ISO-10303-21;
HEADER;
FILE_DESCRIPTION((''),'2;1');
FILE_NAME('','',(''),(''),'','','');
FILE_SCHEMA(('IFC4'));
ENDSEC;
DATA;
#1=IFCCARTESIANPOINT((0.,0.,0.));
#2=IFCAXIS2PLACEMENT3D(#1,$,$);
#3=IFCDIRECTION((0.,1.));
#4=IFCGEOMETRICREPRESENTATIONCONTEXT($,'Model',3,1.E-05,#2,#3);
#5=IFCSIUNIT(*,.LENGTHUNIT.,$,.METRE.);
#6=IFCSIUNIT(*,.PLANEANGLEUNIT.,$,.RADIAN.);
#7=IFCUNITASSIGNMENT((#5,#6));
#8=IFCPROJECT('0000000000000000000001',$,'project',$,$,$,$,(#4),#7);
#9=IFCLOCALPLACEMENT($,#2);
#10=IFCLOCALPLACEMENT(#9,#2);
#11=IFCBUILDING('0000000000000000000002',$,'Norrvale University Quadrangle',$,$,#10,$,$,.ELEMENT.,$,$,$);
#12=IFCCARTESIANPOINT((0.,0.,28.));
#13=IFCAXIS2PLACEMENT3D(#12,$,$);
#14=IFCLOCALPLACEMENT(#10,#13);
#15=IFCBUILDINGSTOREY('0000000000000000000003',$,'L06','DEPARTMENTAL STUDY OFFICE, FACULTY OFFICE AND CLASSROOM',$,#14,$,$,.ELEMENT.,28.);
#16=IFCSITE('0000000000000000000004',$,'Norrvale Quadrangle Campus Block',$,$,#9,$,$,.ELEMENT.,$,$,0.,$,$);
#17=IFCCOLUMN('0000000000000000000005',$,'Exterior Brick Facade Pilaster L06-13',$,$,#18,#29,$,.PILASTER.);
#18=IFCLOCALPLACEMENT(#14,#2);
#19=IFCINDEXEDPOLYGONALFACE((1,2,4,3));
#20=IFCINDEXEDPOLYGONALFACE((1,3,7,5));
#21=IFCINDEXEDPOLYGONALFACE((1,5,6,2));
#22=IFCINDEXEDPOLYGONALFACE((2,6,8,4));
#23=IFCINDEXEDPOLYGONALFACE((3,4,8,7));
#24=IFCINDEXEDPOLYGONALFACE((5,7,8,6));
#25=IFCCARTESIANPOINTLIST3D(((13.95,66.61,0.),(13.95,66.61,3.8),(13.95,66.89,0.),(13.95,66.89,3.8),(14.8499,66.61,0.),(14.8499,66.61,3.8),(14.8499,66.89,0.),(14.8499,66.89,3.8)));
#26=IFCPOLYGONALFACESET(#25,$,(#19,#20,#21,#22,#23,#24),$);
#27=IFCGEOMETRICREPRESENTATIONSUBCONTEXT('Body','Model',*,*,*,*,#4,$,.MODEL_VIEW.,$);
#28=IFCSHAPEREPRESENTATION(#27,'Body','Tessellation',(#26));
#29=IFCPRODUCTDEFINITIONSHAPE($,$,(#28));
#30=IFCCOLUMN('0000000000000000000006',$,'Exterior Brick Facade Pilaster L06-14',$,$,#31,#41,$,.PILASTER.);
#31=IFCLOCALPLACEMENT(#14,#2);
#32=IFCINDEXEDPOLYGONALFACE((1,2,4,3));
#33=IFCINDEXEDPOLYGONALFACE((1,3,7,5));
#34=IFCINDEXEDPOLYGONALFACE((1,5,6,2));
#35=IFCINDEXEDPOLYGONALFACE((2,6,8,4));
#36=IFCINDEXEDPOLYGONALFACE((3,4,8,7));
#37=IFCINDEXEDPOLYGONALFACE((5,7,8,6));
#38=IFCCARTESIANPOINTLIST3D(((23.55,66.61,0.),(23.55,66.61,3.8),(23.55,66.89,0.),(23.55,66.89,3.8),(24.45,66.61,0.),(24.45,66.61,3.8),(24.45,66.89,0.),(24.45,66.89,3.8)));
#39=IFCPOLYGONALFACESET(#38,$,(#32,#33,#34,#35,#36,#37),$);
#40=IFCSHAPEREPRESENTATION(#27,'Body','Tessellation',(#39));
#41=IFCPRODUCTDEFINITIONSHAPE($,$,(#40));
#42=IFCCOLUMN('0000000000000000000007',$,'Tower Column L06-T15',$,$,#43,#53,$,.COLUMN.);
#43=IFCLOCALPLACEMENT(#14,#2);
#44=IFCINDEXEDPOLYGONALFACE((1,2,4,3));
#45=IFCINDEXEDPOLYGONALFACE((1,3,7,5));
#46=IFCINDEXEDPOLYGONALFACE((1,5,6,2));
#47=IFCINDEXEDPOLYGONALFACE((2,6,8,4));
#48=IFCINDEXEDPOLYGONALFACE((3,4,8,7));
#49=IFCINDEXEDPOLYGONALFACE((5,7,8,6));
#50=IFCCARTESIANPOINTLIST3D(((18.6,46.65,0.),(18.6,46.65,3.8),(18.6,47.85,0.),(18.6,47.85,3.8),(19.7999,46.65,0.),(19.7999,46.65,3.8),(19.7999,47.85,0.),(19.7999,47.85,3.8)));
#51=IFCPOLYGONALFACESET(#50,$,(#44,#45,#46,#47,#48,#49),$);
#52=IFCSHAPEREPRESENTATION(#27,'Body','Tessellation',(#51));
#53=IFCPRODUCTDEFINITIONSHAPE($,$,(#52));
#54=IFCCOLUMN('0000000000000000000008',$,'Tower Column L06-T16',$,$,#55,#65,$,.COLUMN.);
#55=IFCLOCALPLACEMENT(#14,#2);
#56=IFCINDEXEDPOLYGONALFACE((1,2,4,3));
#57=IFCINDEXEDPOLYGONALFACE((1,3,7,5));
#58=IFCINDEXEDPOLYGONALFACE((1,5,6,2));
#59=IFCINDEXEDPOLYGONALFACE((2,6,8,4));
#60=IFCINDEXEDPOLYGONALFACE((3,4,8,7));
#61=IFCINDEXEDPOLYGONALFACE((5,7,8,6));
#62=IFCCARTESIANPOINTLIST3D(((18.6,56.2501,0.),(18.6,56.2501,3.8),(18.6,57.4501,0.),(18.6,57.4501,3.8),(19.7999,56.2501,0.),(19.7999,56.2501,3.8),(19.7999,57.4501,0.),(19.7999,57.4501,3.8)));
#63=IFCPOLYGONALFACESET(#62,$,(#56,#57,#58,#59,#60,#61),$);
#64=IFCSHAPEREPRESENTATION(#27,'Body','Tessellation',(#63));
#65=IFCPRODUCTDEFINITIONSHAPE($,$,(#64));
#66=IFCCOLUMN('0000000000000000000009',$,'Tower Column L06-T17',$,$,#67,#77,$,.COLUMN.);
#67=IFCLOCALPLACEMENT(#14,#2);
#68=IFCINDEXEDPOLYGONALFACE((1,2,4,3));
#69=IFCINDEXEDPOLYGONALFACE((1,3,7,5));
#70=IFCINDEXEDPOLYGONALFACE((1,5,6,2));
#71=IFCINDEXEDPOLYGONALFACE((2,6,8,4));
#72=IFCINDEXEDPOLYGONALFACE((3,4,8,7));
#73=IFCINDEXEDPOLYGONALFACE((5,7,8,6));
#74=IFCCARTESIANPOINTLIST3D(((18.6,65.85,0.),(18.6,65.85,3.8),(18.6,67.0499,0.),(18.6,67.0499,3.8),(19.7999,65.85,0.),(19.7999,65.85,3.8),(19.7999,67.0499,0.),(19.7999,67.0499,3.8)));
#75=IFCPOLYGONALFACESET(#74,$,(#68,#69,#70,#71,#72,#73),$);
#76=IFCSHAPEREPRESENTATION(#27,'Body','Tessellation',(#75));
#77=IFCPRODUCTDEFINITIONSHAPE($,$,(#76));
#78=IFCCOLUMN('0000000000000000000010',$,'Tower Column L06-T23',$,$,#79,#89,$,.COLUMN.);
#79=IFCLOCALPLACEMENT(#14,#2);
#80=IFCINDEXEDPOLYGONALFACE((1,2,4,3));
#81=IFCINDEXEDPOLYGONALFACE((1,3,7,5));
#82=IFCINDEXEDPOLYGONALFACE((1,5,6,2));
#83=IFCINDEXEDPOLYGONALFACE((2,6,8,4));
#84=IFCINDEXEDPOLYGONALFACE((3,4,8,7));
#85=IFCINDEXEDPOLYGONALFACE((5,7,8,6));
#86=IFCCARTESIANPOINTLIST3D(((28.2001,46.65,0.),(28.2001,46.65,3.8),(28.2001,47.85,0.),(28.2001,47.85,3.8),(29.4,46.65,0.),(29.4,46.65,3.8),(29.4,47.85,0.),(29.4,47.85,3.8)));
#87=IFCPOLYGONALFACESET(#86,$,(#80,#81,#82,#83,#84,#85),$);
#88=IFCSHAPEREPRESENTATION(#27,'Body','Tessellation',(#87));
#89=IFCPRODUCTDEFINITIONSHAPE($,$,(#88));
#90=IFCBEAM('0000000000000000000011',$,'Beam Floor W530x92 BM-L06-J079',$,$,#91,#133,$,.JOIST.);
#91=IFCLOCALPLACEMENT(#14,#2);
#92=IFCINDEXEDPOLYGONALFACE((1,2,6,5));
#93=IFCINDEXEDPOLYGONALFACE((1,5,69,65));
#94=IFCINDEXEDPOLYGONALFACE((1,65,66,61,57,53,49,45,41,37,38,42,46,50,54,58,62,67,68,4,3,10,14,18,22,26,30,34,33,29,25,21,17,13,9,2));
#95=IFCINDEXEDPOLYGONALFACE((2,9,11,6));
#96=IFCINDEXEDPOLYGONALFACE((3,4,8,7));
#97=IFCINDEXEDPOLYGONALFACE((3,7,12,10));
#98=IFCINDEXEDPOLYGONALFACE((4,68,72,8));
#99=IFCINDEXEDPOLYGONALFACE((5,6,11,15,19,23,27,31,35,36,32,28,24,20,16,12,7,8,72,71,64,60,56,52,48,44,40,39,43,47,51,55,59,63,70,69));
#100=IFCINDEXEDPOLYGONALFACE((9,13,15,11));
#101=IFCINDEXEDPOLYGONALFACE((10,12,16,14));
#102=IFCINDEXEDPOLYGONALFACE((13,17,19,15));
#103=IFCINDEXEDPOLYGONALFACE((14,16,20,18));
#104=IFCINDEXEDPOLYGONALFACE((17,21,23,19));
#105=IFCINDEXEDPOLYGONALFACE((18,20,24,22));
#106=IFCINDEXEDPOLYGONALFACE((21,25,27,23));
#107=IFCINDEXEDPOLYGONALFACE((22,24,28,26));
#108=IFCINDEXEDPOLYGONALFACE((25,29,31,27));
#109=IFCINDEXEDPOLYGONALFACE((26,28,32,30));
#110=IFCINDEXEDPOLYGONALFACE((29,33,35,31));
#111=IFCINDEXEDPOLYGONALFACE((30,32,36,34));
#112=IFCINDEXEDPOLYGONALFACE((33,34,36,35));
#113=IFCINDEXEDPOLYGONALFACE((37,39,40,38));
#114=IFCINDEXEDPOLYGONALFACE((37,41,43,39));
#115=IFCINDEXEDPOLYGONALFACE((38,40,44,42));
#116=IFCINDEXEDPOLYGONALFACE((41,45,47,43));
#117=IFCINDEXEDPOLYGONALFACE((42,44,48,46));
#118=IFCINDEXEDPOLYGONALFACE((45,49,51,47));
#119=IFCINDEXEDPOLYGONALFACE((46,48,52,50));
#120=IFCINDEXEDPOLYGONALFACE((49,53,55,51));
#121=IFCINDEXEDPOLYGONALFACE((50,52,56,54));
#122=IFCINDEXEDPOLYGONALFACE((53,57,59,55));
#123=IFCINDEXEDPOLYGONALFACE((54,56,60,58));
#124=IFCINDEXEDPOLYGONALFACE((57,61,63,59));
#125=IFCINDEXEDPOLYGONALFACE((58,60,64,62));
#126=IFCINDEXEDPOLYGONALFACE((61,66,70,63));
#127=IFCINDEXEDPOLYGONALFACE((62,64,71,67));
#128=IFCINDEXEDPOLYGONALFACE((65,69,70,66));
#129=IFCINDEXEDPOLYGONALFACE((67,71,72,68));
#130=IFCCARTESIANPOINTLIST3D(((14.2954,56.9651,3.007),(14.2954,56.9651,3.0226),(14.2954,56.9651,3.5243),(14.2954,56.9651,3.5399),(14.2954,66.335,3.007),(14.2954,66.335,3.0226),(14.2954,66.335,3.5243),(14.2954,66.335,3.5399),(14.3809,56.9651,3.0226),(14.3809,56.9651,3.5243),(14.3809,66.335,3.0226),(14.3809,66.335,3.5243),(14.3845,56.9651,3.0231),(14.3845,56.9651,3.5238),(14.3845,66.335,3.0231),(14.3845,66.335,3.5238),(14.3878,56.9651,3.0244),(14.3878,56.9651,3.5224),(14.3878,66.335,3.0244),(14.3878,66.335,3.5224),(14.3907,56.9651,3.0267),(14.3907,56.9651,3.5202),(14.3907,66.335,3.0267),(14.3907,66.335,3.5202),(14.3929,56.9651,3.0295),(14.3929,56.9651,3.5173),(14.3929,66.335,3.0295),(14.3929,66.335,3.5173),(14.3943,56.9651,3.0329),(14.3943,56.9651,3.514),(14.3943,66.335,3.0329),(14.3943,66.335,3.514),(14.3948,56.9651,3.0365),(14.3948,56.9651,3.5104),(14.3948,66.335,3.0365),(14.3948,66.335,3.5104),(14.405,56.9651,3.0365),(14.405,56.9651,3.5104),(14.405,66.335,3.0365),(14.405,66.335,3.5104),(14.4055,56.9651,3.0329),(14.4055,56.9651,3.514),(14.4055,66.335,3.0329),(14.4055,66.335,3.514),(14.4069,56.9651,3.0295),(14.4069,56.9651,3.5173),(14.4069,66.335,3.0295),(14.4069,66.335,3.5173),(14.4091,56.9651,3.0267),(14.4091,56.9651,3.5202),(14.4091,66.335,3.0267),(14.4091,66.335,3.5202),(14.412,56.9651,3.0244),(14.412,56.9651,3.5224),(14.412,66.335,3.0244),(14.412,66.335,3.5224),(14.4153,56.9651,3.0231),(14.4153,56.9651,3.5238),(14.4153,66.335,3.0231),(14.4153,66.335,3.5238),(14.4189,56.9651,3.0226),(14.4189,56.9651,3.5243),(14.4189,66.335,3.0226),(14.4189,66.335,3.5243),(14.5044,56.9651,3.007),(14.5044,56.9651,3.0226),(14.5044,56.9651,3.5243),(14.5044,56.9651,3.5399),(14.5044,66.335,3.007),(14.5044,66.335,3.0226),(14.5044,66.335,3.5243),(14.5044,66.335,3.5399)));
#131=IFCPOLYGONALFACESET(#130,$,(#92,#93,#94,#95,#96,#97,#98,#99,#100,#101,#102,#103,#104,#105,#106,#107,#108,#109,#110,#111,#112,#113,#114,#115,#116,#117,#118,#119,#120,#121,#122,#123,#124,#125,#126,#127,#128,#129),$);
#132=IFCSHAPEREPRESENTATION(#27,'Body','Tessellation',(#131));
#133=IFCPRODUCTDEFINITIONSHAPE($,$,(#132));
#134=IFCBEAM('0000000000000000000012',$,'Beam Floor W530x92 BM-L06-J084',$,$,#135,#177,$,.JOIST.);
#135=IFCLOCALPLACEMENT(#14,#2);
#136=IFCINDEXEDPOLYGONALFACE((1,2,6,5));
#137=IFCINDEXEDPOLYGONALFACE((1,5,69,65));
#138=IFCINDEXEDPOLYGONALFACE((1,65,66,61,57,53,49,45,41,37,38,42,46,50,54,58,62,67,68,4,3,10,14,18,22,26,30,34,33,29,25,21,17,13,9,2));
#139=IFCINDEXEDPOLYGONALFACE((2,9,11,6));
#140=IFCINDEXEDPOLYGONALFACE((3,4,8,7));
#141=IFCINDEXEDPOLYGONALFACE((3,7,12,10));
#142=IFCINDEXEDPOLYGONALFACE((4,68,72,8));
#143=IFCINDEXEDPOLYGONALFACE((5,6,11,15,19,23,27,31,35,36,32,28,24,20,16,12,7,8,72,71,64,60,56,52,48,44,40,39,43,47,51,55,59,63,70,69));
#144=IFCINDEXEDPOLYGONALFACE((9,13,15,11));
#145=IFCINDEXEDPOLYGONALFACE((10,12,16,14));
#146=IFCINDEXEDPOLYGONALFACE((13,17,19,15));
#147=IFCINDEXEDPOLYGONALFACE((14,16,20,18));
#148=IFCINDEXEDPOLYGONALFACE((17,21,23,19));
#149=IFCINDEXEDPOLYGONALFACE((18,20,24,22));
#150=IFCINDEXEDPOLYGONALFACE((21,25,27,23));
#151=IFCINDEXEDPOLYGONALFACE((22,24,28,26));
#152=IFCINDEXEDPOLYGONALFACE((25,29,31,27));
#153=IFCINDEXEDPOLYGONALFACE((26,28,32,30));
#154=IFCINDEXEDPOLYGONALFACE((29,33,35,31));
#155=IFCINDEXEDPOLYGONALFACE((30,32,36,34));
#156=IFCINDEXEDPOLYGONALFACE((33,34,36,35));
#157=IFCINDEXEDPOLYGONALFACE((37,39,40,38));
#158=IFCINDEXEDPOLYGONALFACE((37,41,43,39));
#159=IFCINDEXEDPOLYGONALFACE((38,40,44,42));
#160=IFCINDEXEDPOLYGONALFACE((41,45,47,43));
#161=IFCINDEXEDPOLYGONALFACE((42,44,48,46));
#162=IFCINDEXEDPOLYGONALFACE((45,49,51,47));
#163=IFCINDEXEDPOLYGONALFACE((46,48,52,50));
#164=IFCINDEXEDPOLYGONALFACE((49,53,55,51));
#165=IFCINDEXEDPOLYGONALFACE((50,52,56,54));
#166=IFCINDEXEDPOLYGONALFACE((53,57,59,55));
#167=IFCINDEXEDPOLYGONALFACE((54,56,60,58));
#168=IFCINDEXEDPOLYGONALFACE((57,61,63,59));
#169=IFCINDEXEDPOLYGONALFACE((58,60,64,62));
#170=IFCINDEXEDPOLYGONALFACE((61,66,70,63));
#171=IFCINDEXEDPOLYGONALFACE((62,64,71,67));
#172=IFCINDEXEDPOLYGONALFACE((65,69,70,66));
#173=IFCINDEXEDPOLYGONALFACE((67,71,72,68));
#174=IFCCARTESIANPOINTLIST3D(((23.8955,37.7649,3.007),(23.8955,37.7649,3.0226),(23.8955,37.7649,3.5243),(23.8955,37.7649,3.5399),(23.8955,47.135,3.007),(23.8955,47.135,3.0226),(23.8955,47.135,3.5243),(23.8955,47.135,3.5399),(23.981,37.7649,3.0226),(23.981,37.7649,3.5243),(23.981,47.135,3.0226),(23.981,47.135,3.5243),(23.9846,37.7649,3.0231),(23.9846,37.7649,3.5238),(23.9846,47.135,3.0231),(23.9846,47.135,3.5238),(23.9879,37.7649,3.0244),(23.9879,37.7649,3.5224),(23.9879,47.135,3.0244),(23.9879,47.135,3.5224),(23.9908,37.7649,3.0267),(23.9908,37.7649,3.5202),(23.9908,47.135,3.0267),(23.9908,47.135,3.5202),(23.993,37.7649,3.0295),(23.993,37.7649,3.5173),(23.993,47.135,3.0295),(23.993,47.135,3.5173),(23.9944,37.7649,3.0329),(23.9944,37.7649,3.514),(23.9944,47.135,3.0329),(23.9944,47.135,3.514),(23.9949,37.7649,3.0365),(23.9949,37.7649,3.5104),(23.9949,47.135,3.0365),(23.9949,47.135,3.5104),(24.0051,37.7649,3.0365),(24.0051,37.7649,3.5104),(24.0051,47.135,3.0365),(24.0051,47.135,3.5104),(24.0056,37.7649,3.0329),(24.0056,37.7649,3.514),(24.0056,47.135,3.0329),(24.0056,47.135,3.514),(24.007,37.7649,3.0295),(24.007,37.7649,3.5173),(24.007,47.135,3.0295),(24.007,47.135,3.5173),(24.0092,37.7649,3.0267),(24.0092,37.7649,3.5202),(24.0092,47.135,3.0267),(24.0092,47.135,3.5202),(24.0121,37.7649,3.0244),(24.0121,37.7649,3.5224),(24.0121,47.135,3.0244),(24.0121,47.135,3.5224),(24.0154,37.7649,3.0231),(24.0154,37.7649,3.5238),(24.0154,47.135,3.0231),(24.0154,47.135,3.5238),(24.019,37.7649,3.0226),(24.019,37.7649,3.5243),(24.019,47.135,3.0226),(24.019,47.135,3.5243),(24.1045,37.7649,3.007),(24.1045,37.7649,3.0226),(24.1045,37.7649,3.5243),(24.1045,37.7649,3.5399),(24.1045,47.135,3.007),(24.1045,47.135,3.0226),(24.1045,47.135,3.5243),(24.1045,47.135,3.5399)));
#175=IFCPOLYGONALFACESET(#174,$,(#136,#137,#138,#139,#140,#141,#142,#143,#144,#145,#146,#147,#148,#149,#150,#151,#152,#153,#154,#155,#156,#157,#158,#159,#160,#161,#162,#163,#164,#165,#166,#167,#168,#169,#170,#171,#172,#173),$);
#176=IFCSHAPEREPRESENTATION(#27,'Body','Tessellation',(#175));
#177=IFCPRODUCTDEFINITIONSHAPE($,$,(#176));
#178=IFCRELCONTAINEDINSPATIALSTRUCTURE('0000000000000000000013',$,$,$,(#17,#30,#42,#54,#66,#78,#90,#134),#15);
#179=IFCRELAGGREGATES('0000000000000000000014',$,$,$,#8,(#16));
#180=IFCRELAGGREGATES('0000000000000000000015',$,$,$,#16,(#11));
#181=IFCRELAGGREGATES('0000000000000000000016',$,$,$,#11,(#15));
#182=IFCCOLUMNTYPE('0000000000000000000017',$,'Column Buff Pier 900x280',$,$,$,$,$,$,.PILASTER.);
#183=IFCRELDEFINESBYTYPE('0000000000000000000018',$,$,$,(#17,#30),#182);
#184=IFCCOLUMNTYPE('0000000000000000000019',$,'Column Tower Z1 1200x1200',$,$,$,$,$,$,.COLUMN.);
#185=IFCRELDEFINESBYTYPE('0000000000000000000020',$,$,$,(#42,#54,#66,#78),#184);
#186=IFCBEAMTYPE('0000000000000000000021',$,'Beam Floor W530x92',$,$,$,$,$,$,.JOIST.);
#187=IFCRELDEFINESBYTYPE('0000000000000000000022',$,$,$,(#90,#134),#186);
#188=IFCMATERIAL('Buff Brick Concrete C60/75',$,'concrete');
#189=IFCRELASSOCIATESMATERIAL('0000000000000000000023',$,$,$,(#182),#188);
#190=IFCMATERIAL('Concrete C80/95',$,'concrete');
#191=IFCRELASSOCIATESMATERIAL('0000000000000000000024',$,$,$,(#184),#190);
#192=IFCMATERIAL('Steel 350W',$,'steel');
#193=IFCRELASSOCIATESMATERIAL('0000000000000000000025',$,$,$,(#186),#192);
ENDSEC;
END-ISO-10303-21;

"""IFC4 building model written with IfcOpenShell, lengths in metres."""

from ifc_helpers import new_model, si_unit, direction, frame, origin, origin_2d, place, context, subcontext, project, spatial, rectangle, i_section, extrude, material, material_profile, profile_set, type_object, element, save


model = new_model("IFC4")

# Units and contexts
model_context = context("Model", 3, precision=1e-05, world=origin(), true_north=direction((0.0, 1.0)))
body_context = subcontext(model_context, "Body", "Model", "MODEL_VIEW")
ifc_project = project(units=[si_unit("LENGTHUNIT", "METRE"), si_unit("PLANEANGLEUNIT", "RADIAN")], contexts=[model_context])

# Site, building, storey
site_placement = place(None, origin())
site = spatial("IfcSite", under=ifc_project, at=site_placement, Name="Norrvale Quadrangle Campus Block", CompositionType="ELEMENT", RefElevation=0.0)
building_placement = place(site_placement, origin())
building = spatial("IfcBuilding", under=site, at=building_placement, Name="Norrvale University Quadrangle", CompositionType="ELEMENT")
storey_placement = place(building_placement, frame((0.0, 0.0, 28.0)))
storey = spatial("IfcBuildingStorey", under=building, at=storey_placement, Name="L06", Description="DEPARTMENTAL STUDY OFFICE, FACULTY OFFICE AND CLASSROOM", CompositionType="ELEMENT", Elevation=28.0)

# Columns
ifc_material_1 = material(Name="Buff Brick Concrete C60/75", Category="concrete")
ifc_material_profile_1 = material_profile(ifc_material_1, rectangle(XDim=0.8999, YDim=0.28, at=origin_2d()), Name="Buff Brick Concrete C60/75")
ifc_profile_set_1 = profile_set([ifc_material_profile_1], Name="Buff Brick Concrete C60/75")
column_type_1 = type_object("IfcColumnType", Name="Column Buff Pier 900x280", PredefinedType="PILASTER", material=ifc_profile_set_1)
for number, where, z_axis, x_axis, name in (
    (1, (14.3999, 66.75, 0.0), (0.0, 0.0, 1.0), (1.0, 0.0, 0.0), "Exterior Brick Facade Pilaster L06-13"),
    (2, (24.0, 66.75, 0.0), (0.0, 0.0, 1.0), (1.0, 0.0, 0.0), "Exterior Brick Facade Pilaster L06-14"),
):
    element("IfcColumn", number, at=place(storey_placement, frame(where, z_axis=z_axis, x_axis=x_axis)), inside=storey, type_object=column_type_1, Name=name, PredefinedType="PILASTER", context=body_context, shape_type="SweptSolid", body=[
        extrude(rectangle(XDim=0.8999, YDim=0.28, at=origin_2d()), origin(), (0.0, 0.0, 1.0), 3.8),
    ])
ifc_material_2 = material(Name="Concrete C80/95", Category="concrete")
ifc_material_profile_2 = material_profile(ifc_material_2, rectangle(XDim=1.2, YDim=1.2, at=origin_2d()), Name="Concrete C80/95")
ifc_profile_set_2 = profile_set([ifc_material_profile_2], Name="Concrete C80/95")
column_type_2 = type_object("IfcColumnType", Name="Column Tower Z1 1200x1200", PredefinedType="COLUMN", material=ifc_profile_set_2)
for number, where, z_axis, x_axis, name in (
    (3, (19.2, 47.25, 0.0), (0.0, 0.0, 1.0), (1.0, 0.0, 0.0), "Tower Column L06-T15"),
    (4, (19.2, 56.8501, 0.0), (0.0, 0.0, 1.0), (1.0, 0.0, 0.0), "Tower Column L06-T16"),
    (5, (19.2, 66.45, 0.0), (0.0, 0.0, 1.0), (1.0, 0.0, 0.0), "Tower Column L06-T17"),
    (6, (28.8, 47.25, 0.0), (0.0, 0.0, 1.0), (1.0, 0.0, 0.0), "Tower Column L06-T23"),
):
    element("IfcColumn", number, at=place(storey_placement, frame(where, z_axis=z_axis, x_axis=x_axis)), inside=storey, type_object=column_type_2, Name=name, PredefinedType="COLUMN", context=body_context, shape_type="SweptSolid", body=[
        extrude(rectangle(XDim=1.2, YDim=1.2, at=origin_2d()), origin(), (0.0, 0.0, 1.0), 3.8),
    ])

# Beams
ifc_material_3 = material(Name="Steel 350W", Category="steel")
ifc_material_profile_3 = material_profile(ifc_material_3, i_section(OverallWidth=0.209, OverallDepth=0.533, WebThickness=0.0103, FlangeThickness=0.0156, FilletRadius=0.0139, at=origin_2d()), Name="Steel 350W")
ifc_profile_set_3 = profile_set([ifc_material_profile_3], Name="Steel 350W")
beam_type_1 = type_object("IfcBeamType", Name="Beam Floor W530x92", PredefinedType="JOIST", material=ifc_profile_set_3)
beam_1_placement = place(storey_placement, frame((14.3999, 56.9651, 3.2734), z_axis=(0.0, 1.0, 0.0), x_axis=(-1.0, 0.0, 0.0)))
element("IfcBeam", 7, at=beam_1_placement, inside=storey, type_object=beam_type_1, Name="Beam Floor W530x92 BM-L06-J079", PredefinedType="JOIST", context=body_context, shape_type="SweptSolid", body=[
    extrude(i_section(OverallWidth=0.209, OverallDepth=0.533, WebThickness=0.0103, FlangeThickness=0.0156, FilletRadius=0.0139, at=origin_2d()), origin(), (0.0, 0.0, 1.0), 9.3699),
])
for number, where, z_axis, x_axis, name in (
    (8, (24.0, 37.7649, 3.2734), (0.0, 1.0, 0.0), (-1.0, 0.0, 0.0), "Beam Floor W530x92 BM-L06-J084"),
):
    element("IfcBeam", number, at=place(storey_placement, frame(where, z_axis=z_axis, x_axis=x_axis)), inside=storey, type_object=beam_type_1, Name=name, PredefinedType="JOIST", context=body_context, shape_type="SweptSolid", body=[
        extrude(i_section(OverallWidth=0.209, OverallDepth=0.533, WebThickness=0.0103, FlangeThickness=0.0156, FilletRadius=0.0139, at=origin_2d()), origin(), (0.0, 0.0, 1.0), 9.3701),
    ])

save(model, "model.ifc")
